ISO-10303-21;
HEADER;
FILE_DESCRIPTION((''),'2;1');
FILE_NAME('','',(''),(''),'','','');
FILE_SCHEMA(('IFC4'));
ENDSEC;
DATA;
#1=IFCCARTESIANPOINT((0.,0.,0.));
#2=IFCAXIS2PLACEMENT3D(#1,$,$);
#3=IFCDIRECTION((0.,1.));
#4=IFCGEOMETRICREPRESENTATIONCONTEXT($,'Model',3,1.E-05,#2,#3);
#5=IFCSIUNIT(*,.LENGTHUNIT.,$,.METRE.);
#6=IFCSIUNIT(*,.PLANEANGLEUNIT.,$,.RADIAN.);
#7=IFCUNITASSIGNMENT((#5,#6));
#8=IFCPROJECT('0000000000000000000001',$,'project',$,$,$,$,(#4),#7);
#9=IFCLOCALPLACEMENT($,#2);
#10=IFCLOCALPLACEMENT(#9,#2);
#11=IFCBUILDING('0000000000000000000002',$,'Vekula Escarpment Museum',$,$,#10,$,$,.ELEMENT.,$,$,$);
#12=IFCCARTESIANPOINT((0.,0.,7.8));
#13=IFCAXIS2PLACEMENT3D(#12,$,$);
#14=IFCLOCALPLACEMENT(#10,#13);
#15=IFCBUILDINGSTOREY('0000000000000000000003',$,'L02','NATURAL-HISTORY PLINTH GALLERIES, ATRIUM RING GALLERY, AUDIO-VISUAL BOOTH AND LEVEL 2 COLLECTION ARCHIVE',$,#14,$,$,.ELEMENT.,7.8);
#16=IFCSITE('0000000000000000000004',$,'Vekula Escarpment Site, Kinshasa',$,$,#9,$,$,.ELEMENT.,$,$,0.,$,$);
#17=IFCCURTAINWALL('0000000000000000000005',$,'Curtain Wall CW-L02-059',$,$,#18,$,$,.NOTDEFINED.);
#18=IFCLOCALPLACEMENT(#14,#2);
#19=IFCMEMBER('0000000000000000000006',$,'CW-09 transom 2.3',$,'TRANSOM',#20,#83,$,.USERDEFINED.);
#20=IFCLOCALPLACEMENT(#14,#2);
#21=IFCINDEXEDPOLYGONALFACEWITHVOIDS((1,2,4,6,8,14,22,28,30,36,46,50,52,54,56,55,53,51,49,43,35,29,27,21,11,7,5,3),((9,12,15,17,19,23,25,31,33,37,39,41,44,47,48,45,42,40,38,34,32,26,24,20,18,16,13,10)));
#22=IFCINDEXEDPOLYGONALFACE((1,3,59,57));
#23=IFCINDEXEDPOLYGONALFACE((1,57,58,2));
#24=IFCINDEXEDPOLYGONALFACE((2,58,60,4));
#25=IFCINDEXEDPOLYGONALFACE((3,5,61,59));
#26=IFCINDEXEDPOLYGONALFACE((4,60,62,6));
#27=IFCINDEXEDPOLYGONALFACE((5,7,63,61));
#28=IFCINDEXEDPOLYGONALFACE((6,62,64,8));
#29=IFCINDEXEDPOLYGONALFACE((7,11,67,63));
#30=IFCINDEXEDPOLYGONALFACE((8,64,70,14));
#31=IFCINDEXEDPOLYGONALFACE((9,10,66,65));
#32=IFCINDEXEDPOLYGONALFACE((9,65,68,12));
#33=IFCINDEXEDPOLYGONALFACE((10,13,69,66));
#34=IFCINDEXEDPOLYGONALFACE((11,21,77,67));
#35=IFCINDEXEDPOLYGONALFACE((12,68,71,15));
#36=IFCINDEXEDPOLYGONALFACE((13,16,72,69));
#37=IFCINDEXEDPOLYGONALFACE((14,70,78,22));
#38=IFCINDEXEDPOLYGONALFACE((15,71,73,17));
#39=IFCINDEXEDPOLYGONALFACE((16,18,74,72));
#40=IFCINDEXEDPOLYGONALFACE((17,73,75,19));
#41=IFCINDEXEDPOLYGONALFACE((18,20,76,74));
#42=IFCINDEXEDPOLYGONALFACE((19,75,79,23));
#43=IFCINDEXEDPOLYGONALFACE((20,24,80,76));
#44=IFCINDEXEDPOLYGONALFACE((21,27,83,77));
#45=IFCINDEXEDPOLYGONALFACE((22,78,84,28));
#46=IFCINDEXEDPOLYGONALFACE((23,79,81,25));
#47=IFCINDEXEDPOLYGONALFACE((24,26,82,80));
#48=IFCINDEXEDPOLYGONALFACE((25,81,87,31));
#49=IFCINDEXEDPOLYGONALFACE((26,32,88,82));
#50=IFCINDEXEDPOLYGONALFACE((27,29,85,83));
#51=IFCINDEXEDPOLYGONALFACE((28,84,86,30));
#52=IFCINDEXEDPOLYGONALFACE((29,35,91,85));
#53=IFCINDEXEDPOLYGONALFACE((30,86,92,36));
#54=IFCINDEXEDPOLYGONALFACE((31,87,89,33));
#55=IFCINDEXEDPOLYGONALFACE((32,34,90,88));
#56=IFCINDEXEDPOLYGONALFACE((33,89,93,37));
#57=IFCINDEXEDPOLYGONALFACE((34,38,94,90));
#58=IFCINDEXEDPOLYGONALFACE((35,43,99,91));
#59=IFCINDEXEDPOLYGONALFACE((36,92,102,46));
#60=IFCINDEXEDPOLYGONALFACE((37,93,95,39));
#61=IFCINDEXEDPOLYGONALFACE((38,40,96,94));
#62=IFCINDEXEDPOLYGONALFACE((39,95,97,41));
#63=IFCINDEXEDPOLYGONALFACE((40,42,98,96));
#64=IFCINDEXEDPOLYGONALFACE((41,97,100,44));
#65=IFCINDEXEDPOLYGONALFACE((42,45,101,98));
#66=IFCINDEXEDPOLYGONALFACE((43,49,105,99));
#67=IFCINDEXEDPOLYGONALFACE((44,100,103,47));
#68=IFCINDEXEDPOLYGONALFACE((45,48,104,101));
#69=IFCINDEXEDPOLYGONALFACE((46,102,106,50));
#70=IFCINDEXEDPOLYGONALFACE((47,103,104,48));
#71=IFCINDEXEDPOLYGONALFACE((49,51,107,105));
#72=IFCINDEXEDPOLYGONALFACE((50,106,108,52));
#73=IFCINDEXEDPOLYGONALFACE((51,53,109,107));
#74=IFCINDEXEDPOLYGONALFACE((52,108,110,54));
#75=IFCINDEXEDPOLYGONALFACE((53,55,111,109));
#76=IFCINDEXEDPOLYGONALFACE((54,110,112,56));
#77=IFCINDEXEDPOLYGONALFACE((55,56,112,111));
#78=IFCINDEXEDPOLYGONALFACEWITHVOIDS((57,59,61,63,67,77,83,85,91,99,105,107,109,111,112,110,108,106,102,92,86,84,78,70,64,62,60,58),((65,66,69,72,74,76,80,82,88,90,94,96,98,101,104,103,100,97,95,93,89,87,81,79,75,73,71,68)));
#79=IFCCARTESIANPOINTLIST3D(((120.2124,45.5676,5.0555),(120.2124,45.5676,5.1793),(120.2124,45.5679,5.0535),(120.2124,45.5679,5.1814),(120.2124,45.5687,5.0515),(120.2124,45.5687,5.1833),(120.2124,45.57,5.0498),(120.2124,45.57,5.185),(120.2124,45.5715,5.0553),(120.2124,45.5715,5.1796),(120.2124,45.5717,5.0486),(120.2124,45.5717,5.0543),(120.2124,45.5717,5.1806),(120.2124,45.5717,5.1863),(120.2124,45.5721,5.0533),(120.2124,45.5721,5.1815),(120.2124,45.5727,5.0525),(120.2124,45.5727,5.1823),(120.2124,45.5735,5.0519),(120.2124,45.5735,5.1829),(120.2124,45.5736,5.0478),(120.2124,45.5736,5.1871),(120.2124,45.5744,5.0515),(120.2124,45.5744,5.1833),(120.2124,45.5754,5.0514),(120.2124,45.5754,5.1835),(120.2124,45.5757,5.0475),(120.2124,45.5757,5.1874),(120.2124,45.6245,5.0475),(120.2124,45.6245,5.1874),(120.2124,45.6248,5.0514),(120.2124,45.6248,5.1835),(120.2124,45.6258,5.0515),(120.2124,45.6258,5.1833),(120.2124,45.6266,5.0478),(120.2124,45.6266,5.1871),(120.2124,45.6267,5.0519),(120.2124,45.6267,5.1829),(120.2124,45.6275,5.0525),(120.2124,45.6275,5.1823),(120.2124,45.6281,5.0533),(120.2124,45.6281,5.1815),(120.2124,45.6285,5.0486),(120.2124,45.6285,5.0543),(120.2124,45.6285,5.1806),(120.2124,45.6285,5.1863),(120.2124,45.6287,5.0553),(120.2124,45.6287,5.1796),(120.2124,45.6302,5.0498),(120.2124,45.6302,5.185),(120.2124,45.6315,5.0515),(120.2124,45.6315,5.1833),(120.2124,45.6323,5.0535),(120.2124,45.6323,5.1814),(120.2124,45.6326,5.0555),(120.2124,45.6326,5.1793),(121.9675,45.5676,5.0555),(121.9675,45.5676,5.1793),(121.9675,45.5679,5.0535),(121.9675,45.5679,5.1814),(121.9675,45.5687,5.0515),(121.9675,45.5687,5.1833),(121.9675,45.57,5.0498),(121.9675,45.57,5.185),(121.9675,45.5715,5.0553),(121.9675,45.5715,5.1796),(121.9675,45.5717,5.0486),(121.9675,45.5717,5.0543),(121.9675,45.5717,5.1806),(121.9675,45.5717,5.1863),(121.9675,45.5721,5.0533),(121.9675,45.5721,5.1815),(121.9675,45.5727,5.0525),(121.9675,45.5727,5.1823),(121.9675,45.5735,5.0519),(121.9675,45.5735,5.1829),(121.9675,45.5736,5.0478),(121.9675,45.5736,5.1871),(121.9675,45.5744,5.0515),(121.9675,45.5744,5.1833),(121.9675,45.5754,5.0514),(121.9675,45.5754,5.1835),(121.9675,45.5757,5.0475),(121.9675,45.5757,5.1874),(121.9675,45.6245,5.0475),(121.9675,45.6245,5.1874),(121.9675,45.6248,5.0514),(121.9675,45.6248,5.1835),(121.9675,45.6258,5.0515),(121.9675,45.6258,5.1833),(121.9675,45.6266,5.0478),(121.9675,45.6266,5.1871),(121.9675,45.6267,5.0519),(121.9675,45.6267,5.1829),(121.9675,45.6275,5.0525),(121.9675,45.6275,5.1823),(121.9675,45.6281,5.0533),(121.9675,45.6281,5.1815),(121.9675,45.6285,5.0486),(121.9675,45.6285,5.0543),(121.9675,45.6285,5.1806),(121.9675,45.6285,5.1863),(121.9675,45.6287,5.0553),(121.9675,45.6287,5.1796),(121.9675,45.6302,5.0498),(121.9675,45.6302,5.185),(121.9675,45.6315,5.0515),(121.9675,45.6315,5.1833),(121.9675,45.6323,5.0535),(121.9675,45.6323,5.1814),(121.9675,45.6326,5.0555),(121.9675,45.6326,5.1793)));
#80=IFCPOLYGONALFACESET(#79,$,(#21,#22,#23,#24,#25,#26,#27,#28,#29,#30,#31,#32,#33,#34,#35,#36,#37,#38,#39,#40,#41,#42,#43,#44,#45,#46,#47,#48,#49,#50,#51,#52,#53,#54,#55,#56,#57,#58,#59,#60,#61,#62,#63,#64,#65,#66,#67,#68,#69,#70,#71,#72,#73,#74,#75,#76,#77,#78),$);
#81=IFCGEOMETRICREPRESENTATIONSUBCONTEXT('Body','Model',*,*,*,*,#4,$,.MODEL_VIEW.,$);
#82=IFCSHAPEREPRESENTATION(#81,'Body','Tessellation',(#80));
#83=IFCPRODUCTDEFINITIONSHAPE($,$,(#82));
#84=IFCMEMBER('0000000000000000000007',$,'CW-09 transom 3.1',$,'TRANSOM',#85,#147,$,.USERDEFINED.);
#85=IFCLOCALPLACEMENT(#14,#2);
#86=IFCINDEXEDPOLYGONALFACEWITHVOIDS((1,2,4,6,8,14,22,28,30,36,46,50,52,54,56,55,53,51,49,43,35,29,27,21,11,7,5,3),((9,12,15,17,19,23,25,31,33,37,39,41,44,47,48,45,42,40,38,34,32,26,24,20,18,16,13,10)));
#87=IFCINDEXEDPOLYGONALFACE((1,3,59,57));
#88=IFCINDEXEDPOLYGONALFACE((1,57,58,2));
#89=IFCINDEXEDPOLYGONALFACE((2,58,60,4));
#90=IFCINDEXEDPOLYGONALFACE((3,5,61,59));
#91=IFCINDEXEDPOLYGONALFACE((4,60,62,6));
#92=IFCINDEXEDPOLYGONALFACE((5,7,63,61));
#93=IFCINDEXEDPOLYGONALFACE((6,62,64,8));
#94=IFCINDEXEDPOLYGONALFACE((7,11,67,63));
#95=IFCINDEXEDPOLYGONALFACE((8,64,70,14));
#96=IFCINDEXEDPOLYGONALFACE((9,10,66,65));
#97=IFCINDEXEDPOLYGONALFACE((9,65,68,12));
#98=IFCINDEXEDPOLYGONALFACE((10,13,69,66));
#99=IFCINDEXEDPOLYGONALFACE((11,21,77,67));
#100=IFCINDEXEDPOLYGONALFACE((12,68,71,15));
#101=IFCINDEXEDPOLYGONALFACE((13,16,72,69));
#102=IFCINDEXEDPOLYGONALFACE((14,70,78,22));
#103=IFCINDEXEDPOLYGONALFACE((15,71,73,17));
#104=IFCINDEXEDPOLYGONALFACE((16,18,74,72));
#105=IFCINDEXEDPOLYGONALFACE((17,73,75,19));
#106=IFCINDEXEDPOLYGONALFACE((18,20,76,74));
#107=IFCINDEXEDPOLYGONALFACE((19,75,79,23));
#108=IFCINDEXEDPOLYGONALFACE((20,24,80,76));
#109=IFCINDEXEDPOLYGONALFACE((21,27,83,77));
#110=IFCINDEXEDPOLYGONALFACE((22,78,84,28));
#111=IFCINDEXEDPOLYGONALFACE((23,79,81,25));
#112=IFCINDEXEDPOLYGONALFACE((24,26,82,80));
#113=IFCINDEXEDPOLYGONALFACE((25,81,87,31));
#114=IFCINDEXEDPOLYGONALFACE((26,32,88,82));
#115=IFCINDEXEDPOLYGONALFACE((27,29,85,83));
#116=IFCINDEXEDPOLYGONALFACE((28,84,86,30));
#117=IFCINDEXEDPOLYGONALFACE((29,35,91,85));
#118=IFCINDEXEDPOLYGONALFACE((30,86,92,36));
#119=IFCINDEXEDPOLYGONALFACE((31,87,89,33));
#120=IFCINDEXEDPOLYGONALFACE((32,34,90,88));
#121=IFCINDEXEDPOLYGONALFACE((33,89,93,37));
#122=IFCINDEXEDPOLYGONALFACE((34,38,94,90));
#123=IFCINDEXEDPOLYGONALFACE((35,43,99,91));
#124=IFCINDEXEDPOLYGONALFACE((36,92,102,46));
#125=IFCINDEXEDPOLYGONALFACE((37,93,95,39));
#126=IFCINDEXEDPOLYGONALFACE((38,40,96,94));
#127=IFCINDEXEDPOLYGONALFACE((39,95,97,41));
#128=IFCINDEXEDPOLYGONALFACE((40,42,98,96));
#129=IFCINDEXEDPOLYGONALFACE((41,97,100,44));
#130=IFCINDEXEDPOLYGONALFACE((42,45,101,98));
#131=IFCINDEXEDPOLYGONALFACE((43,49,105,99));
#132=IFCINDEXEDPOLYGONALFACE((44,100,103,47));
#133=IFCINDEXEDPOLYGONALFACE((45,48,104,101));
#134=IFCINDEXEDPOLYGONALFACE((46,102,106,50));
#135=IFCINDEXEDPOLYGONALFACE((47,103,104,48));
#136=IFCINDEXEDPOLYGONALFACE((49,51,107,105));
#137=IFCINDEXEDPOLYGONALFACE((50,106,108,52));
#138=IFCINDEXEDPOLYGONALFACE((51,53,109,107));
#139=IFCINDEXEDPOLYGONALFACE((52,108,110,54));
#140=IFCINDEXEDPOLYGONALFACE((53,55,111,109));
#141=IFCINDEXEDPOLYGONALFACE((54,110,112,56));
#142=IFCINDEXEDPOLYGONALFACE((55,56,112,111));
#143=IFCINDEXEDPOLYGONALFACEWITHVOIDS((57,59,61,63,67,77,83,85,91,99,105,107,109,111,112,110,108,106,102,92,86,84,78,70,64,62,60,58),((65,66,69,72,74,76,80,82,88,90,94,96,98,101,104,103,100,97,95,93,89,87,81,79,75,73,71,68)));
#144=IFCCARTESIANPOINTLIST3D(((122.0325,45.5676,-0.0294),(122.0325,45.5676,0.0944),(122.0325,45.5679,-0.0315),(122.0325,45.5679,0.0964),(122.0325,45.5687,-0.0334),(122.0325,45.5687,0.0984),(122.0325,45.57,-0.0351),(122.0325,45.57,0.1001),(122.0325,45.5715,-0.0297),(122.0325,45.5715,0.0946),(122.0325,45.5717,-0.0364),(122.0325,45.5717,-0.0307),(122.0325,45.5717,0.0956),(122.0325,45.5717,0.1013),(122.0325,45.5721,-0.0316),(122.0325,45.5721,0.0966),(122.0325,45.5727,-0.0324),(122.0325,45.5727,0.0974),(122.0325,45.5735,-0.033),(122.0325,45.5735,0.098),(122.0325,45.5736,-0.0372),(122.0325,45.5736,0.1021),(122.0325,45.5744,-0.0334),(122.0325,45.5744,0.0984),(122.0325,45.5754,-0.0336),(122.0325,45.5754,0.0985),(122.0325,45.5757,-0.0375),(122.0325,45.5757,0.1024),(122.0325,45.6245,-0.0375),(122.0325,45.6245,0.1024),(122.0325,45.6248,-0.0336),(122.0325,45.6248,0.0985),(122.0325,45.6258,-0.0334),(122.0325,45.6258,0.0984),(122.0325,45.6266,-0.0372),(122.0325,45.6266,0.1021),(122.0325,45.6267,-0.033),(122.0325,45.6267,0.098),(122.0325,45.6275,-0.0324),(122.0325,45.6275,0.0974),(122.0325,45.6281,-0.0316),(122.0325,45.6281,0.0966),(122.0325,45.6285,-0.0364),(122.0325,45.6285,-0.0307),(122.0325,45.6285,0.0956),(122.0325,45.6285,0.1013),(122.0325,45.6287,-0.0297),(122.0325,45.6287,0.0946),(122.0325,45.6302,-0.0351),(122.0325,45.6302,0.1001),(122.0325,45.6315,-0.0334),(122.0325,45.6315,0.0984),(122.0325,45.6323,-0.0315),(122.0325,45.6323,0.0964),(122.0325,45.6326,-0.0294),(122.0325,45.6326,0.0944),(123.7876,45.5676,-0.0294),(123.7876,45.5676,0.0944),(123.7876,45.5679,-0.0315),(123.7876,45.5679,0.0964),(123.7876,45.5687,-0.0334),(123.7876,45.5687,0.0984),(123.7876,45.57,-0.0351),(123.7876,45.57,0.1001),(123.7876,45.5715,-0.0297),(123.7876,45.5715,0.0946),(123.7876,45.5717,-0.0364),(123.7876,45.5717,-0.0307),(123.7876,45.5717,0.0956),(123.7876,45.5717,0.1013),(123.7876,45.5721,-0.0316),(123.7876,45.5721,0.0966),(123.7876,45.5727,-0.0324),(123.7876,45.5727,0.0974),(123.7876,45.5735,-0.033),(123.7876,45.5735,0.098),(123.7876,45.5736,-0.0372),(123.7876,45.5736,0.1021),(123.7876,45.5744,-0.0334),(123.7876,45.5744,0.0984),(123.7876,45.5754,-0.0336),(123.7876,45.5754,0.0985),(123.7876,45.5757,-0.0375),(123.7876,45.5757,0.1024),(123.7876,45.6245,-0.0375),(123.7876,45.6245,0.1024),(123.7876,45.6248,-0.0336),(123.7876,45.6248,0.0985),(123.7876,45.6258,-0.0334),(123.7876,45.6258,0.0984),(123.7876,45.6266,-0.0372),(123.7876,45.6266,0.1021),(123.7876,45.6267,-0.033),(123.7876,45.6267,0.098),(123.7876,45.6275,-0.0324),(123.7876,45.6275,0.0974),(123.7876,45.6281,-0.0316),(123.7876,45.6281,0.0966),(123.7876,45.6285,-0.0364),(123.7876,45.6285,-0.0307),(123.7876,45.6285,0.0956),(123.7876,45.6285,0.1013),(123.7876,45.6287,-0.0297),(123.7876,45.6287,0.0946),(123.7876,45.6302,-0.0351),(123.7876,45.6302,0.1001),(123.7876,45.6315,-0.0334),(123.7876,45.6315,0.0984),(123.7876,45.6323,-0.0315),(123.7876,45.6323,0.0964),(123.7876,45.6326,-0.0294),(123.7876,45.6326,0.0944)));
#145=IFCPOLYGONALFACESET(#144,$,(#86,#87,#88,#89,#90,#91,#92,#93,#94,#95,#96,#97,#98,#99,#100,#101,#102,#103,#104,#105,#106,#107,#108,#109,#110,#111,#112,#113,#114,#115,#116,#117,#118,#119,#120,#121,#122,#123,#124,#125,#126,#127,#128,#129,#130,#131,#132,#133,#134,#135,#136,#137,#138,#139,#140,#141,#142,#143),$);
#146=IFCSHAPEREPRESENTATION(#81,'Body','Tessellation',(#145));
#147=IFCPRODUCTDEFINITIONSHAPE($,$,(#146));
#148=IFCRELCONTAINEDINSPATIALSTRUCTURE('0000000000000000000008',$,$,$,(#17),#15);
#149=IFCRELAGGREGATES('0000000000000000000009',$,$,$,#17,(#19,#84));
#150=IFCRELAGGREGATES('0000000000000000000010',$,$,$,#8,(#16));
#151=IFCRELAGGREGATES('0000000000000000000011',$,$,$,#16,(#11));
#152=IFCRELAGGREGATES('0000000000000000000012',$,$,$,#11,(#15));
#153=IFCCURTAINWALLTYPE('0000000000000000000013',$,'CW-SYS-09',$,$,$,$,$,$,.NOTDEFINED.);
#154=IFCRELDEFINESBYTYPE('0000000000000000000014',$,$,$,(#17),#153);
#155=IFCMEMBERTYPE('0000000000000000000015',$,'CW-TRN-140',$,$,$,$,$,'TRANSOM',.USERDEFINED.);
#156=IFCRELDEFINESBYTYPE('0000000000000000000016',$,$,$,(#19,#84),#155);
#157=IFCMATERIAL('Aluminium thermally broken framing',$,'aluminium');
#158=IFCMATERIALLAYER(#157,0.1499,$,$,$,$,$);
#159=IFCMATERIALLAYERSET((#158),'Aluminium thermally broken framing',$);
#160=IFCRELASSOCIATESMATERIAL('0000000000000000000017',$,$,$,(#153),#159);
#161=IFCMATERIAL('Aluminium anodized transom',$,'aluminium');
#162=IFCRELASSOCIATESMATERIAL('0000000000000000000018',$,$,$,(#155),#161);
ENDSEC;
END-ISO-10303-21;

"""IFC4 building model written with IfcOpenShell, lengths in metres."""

from ifc_helpers import new_model, si_unit, direction, frame, origin, origin_2d, place, context, subcontext, project, spatial, hollow_rectangle, extrude, material, layer, layer_set, material_profile, profile_set, type_object, element, aggregate, save


model = new_model("IFC4")

# Units and contexts
model_context = context("Model", 3, precision=1e-05, world=origin(), true_north=direction((0.0, 1.0)))
body_context = subcontext(model_context, "Body", "Model", "MODEL_VIEW")
ifc_project = project(units=[si_unit("LENGTHUNIT", "METRE"), si_unit("PLANEANGLEUNIT", "RADIAN")], contexts=[model_context])

# Site, building, storey
site_placement = place(None, origin())
site = spatial("IfcSite", under=ifc_project, at=site_placement, Name="Vekula Escarpment Site, Kinshasa", CompositionType="ELEMENT", RefElevation=0.0)
building_placement = place(site_placement, origin())
building = spatial("IfcBuilding", under=site, at=building_placement, Name="Vekula Escarpment Museum", CompositionType="ELEMENT")
storey_placement = place(building_placement, frame((0.0, 0.0, 7.8)))
storey = spatial("IfcBuildingStorey", under=building, at=storey_placement, Name="L02", Description="NATURAL-HISTORY PLINTH GALLERIES, ATRIUM RING GALLERY, AUDIO-VISUAL BOOTH AND LEVEL 2 COLLECTION ARCHIVE", CompositionType="ELEMENT", Elevation=7.8)

# Curtain wall, members
ifc_material_1 = material(Name="Aluminium thermally broken framing", Category="aluminium")
ifc_layer_1 = layer(ifc_material_1, 0.1499)
ifc_layer_set_1 = layer_set([ifc_layer_1], Name="Aluminium thermally broken framing")
curtain_wall_type = type_object("IfcCurtainWallType", Name="CW-SYS-09", PredefinedType="NOTDEFINED", material=ifc_layer_set_1)
curtain_wall_placement = place(storey_placement, origin())
curtain_wall = element("IfcCurtainWall", 1, at=curtain_wall_placement, inside=storey, type_object=curtain_wall_type, Name="Curtain Wall CW-L02-059", PredefinedType="NOTDEFINED")
ifc_material_2 = material(Name="Aluminium anodized transom", Category="aluminium")
ifc_material_profile_1 = material_profile(ifc_material_2, hollow_rectangle(XDim=0.0649, YDim=0.1399, WallThickness=0.0039, InnerFilletRadius=0.0039, OuterFilletRadius=0.0081, at=origin_2d()), Name="ALU 140x65x4")
ifc_profile_set_1 = profile_set([ifc_material_profile_1], Name="Aluminium anodized transom")
member_type_1 = type_object("IfcMemberType", Name="CW-TRN-140", ElementType="TRANSOM", PredefinedType="USERDEFINED", material=ifc_profile_set_1)
member_1_placement = place(storey_placement, frame((120.2124, 45.6001, 5.1174), z_axis=(1.0, 0.0, 0.0), x_axis=(0.0, 1.0, 0.0)))
member_1 = element("IfcMember", 2, at=member_1_placement, type_object=member_type_1, Name="CW-09 transom 2.3", ObjectType="TRANSOM", PredefinedType="USERDEFINED", context=body_context, shape_type="SweptSolid", body=[
    extrude(hollow_rectangle(XDim=0.0649, YDim=0.1399, WallThickness=0.0039, InnerFilletRadius=0.0039, OuterFilletRadius=0.0081, at=origin_2d()), origin(), (0.0, 0.0, 1.0), 1.7551),
])
member_2_placement = place(storey_placement, frame((122.0325, 45.6001, 0.0325), z_axis=(1.0, 0.0, 0.0), x_axis=(0.0, 1.0, 0.0)))
member_2 = element("IfcMember", 3, at=member_2_placement, type_object=member_type_1, Name="CW-09 transom 3.1", ObjectType="TRANSOM", PredefinedType="USERDEFINED", context=body_context, shape_type="SweptSolid", body=[
    extrude(hollow_rectangle(XDim=0.0649, YDim=0.1399, WallThickness=0.0039, InnerFilletRadius=0.0039, OuterFilletRadius=0.0081, at=origin_2d()), origin(), (0.0, 0.0, 1.0), 1.7551),
])
aggregate(curtain_wall, [member_1, member_2])

save(model, "model.ifc")
